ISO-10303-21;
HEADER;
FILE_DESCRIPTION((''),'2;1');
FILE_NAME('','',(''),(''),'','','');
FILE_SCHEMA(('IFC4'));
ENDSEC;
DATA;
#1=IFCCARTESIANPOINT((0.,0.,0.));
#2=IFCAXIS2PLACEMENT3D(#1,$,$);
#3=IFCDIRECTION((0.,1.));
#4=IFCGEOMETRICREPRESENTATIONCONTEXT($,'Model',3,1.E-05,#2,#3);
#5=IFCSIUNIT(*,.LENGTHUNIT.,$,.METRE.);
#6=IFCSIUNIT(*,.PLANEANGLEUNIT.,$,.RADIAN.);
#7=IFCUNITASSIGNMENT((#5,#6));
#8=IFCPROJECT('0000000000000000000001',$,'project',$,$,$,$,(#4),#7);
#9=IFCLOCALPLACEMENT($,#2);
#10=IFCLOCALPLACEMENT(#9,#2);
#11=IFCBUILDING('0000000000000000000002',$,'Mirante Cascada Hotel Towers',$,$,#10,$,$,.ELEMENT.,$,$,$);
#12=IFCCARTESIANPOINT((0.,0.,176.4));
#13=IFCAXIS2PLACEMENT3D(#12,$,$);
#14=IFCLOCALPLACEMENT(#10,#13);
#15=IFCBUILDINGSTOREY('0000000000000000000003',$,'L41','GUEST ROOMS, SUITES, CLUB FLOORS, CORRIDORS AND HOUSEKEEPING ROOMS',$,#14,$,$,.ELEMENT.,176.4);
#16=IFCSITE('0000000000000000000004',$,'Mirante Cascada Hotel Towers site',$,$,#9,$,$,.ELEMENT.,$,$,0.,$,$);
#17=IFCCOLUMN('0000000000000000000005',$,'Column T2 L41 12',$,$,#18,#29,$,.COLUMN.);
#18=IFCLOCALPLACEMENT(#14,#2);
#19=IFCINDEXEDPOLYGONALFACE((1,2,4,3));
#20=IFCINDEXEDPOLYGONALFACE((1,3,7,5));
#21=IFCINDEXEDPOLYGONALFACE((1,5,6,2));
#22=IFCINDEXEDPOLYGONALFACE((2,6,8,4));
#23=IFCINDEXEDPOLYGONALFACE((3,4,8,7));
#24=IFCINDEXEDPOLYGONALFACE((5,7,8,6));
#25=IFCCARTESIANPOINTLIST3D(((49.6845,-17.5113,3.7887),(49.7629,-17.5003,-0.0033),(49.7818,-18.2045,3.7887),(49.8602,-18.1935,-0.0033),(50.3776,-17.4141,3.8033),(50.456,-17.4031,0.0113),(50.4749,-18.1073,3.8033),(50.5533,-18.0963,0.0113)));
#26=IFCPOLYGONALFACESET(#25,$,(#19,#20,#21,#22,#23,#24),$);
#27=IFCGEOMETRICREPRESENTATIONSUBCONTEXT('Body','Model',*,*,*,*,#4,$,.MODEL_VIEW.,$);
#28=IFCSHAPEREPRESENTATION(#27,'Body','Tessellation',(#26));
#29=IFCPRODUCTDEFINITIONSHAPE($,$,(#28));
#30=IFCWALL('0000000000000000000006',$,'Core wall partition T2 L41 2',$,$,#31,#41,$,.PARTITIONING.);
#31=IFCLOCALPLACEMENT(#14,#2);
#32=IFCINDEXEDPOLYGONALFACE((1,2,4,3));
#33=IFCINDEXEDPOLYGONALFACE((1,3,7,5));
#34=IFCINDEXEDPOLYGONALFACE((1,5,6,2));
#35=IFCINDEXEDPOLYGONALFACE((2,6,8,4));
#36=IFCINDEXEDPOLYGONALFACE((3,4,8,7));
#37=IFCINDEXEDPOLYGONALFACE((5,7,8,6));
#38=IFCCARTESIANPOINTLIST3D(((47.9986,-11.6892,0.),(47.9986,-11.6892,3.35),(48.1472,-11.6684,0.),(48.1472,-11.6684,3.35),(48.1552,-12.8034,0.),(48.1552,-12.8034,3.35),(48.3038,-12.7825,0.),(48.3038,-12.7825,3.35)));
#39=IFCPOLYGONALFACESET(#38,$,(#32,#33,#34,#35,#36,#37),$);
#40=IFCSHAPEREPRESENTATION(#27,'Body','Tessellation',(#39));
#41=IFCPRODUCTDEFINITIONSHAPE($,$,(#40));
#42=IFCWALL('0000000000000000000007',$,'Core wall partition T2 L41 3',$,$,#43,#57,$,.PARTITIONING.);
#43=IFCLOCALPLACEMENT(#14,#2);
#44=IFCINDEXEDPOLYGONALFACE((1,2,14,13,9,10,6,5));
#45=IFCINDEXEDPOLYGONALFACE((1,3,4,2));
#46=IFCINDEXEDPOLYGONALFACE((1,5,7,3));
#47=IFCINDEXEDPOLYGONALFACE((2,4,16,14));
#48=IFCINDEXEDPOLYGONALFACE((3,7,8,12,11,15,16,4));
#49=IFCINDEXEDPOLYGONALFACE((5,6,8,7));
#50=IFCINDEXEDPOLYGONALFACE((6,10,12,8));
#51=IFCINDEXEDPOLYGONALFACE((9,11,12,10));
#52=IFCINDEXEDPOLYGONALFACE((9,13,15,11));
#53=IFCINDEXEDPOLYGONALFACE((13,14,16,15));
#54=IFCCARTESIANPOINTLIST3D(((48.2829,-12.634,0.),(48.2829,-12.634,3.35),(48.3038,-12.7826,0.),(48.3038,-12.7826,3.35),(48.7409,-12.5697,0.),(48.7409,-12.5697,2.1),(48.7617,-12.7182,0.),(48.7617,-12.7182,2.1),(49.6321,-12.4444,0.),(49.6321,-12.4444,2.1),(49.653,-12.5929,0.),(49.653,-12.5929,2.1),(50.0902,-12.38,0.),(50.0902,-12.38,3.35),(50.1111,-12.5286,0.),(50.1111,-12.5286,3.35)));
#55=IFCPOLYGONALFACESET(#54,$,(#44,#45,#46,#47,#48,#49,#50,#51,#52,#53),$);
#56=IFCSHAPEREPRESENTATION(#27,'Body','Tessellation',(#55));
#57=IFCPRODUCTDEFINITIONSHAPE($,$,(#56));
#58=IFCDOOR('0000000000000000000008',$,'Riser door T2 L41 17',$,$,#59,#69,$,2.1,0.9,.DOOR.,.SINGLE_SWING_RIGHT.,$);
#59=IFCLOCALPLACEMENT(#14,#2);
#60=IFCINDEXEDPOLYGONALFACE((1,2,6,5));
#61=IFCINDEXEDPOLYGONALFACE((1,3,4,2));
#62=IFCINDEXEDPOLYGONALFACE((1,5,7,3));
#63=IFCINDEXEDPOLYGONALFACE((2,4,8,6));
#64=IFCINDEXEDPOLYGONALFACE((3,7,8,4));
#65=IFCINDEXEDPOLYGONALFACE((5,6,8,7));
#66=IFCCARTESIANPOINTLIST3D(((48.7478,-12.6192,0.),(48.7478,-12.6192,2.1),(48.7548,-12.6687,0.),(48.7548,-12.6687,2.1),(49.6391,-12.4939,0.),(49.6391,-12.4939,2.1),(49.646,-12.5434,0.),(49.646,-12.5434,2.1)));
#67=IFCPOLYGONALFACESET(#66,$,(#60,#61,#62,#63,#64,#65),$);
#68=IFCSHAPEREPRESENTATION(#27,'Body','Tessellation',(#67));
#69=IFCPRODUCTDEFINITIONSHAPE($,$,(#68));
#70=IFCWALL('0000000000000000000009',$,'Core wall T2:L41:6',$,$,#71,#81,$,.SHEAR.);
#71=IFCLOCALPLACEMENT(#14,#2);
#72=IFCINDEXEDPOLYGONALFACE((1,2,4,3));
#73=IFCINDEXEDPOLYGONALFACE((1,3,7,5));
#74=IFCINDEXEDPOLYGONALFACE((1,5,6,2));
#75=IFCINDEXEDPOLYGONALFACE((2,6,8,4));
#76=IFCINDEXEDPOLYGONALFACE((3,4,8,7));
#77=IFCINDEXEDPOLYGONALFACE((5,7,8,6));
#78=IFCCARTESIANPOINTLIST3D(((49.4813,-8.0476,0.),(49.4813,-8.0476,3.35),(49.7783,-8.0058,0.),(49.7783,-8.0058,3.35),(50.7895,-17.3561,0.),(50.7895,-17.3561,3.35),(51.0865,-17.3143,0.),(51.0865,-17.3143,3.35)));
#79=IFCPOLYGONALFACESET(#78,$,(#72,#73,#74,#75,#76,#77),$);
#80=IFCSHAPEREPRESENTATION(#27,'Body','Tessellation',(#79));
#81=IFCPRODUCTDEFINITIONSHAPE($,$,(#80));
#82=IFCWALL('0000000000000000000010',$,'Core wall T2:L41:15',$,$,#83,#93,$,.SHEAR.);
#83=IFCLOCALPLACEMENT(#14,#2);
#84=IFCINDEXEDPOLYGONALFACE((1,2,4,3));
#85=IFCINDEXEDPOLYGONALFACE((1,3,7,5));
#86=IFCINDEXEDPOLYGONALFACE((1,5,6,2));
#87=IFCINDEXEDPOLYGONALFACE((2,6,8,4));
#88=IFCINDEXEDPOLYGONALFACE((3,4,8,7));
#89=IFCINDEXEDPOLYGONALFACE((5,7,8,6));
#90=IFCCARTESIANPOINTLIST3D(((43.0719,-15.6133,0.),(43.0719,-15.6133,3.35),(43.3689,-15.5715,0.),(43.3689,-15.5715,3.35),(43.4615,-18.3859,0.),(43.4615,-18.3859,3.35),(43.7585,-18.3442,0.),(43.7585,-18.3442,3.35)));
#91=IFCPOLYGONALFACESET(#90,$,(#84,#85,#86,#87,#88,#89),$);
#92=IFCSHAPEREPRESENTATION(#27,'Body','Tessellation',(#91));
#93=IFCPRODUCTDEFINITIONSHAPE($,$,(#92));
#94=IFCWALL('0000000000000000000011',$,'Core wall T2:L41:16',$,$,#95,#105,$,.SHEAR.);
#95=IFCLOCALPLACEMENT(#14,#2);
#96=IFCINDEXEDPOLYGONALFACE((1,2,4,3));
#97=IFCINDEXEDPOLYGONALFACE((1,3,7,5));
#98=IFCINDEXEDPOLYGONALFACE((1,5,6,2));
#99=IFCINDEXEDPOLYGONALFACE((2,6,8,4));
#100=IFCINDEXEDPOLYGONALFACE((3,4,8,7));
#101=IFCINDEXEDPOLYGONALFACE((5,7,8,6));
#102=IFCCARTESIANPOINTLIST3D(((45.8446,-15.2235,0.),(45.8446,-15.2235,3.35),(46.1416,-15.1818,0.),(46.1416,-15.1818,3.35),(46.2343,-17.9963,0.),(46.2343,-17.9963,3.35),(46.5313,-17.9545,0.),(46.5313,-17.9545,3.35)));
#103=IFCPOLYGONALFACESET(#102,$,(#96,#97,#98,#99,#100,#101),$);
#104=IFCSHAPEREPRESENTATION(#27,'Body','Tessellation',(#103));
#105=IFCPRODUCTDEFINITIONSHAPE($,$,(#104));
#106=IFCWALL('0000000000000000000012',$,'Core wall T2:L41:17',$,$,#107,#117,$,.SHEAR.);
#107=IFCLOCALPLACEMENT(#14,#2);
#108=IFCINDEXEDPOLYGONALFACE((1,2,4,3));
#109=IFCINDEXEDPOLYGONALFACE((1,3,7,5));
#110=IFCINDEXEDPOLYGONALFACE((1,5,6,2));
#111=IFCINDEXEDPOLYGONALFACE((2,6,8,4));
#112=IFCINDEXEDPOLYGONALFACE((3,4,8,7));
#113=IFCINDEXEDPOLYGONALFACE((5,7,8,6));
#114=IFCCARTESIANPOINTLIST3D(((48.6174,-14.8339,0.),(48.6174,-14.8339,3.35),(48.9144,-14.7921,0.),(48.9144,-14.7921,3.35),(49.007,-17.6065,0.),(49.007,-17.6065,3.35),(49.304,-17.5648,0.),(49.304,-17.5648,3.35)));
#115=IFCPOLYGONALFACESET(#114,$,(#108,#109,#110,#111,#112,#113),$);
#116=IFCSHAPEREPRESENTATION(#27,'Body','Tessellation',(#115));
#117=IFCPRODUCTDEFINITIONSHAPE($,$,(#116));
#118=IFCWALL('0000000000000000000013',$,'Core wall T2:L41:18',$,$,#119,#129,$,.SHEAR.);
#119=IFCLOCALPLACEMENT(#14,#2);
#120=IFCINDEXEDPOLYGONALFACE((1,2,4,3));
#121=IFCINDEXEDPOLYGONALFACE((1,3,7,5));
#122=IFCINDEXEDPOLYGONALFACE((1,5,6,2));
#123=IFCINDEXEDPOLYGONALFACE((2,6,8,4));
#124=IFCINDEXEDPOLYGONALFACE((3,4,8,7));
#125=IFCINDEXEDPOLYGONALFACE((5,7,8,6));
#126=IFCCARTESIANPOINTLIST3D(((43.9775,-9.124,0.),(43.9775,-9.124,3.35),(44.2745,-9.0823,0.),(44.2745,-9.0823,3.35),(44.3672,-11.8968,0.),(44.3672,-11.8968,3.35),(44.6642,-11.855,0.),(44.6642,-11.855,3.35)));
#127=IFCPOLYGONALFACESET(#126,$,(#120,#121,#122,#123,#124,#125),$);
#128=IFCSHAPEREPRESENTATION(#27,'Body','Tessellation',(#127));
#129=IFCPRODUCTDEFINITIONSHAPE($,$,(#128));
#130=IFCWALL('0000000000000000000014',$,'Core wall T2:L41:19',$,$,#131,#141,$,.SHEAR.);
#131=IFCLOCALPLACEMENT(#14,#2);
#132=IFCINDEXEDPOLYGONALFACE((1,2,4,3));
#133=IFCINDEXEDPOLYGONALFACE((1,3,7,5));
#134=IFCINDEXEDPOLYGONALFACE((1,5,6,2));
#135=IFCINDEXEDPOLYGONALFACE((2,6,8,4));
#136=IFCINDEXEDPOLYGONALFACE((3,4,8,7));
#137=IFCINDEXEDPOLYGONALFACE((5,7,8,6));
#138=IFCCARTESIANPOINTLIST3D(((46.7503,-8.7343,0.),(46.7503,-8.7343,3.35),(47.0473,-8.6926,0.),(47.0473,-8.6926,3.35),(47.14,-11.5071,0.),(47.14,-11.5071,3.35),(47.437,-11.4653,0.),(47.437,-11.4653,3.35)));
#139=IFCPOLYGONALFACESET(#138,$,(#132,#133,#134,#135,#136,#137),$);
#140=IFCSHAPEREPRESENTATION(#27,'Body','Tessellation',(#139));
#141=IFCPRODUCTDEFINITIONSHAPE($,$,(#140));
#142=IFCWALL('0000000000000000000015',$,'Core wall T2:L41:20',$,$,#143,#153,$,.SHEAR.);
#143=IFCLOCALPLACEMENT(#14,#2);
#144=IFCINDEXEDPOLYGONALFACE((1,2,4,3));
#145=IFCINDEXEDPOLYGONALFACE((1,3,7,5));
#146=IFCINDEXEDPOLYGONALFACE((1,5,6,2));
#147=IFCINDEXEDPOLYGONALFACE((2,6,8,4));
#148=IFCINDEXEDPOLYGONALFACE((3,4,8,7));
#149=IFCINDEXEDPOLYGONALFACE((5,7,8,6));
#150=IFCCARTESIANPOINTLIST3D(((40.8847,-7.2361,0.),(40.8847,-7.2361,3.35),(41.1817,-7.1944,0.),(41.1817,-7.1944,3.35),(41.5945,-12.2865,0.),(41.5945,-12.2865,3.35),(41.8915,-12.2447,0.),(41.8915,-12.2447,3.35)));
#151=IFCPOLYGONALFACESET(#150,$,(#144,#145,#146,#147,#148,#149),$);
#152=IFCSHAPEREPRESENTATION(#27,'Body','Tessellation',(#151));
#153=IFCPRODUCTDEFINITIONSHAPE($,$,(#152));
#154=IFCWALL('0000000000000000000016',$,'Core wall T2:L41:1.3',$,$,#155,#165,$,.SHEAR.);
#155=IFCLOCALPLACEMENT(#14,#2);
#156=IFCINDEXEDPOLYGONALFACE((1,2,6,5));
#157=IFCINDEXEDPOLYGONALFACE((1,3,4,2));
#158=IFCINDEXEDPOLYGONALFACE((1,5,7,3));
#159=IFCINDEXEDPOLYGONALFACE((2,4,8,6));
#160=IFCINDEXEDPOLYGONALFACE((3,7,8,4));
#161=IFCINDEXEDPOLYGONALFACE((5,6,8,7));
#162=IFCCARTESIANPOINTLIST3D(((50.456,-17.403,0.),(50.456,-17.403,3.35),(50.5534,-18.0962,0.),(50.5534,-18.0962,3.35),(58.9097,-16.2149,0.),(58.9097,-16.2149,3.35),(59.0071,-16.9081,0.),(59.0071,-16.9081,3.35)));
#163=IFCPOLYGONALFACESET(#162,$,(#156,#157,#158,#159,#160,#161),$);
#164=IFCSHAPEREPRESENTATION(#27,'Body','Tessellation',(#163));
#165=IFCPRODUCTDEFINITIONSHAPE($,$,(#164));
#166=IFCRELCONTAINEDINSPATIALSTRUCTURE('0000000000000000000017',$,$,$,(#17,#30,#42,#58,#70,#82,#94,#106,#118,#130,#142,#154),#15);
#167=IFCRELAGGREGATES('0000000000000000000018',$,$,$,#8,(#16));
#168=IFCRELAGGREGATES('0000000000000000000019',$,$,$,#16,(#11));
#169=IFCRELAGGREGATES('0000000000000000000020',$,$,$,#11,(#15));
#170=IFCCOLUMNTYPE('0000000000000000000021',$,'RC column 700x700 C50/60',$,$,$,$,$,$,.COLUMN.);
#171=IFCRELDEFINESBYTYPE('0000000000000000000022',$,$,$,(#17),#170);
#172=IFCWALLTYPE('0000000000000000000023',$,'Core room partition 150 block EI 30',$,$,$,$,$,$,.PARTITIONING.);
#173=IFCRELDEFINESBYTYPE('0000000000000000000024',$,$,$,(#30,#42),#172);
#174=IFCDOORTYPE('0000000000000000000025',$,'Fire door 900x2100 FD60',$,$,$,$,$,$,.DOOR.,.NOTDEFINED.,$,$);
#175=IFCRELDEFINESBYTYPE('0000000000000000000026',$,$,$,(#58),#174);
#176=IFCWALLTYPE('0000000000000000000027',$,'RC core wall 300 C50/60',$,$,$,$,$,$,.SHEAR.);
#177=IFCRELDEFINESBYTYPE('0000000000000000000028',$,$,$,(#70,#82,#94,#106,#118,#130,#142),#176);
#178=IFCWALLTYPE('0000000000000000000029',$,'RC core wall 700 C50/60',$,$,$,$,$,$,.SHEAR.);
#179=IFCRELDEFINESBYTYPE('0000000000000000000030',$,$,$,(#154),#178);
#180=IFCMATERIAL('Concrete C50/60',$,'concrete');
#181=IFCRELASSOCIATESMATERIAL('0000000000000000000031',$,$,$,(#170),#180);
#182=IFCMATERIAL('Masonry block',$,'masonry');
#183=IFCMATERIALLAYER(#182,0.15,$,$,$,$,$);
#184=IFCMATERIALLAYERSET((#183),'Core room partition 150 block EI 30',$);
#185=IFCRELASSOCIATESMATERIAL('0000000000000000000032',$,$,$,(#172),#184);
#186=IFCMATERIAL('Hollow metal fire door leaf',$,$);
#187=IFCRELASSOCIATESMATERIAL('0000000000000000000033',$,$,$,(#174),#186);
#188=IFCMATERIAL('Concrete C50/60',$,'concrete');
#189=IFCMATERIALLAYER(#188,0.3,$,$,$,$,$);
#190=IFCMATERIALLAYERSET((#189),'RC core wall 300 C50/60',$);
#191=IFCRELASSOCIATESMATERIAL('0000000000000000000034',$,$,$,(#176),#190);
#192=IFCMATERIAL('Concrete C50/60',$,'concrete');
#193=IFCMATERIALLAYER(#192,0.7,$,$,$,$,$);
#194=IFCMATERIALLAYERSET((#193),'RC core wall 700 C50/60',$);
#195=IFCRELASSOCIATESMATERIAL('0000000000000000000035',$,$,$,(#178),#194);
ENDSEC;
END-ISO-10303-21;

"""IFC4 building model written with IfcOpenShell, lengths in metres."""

from ifc_helpers import new_model, si_unit, direction, frame, frame_2d, origin, origin_2d, place, context, subcontext, project, spatial, rectangle, extrude, material, layer, layer_set, material_profile, profile_set, type_object, element, fill, save


model = new_model("IFC4")

# Units and contexts
model_context = context("Model", 3, precision=1e-05, world=origin(), true_north=direction((0.0, 1.0)))
body_context = subcontext(model_context, "Body", "Model", "MODEL_VIEW")
ifc_project = project(units=[si_unit("LENGTHUNIT", "METRE"), si_unit("PLANEANGLEUNIT", "RADIAN")], contexts=[model_context])

# Site, building, storey
site_placement = place(None, origin())
site = spatial("IfcSite", under=ifc_project, at=site_placement, Name="Mirante Cascada Hotel Towers site", CompositionType="ELEMENT", RefElevation=0.0)
building_placement = place(site_placement, origin())
building = spatial("IfcBuilding", under=site, at=building_placement, Name="Mirante Cascada Hotel Towers", CompositionType="ELEMENT")
storey_placement = place(building_placement, frame((0.0, 0.0, 176.4)))
storey = spatial("IfcBuildingStorey", under=building, at=storey_placement, Name="L41", Description="GUEST ROOMS, SUITES, CLUB FLOORS, CORRIDORS AND HOUSEKEEPING ROOMS", CompositionType="ELEMENT", Elevation=176.4)

# Column
ifc_material_1 = material(Name="Concrete C50/60", Category="concrete")
ifc_material_profile = material_profile(ifc_material_1, rectangle(XDim=0.7, YDim=0.7, at=origin_2d()), Name="RC column 700x700 C50/60")
ifc_profile_set = profile_set([ifc_material_profile], Name="Concrete C50/60")
column_type = type_object("IfcColumnType", Name="RC column 700x700 C50/60", PredefinedType="COLUMN", material=ifc_profile_set)
column_placement = place(storey_placement, frame((50.1581, -17.7983, 0.004), z_axis=(-0.020671, -0.0029, 0.999782), x_axis=(0.138945, -0.9903, 0.0)))
element("IfcColumn", 1, at=column_placement, inside=storey, type_object=column_type, Name="Column T2 L41 12", PredefinedType="COLUMN", context=body_context, shape_type="SweptSolid", body=[
    extrude(rectangle(XDim=0.7, YDim=0.7, at=origin_2d()), origin(), (0.0, 0.0, 1.0), 3.7928),
])

# Wall
ifc_material_2 = material(Name="Masonry block", Category="masonry")
ifc_layer_1 = layer(ifc_material_2, 0.15)
ifc_layer_set_1 = layer_set([ifc_layer_1], Name="Core room partition 150 block EI 30")
wall_type_1 = type_object("IfcWallType", Name="Core room partition 150 block EI 30", PredefinedType="PARTITIONING", material=ifc_layer_set_1)
wall_1_placement = place(storey_placement, frame((48.2295, -12.793, 0.0), z_axis=(0.0, 0.0, 1.0), x_axis=(-0.139193, 0.990265, 0.0)))
element("IfcWall", 2, at=wall_1_placement, inside=storey, type_object=wall_type_1, Name="Core wall partition T2 L41 2", PredefinedType="PARTITIONING", context=body_context, shape_type="SweptSolid", body=[
    extrude(rectangle(XDim=1.1251, YDim=0.15, at=frame_2d((0.5626, 0.0))), origin(), (0.0, 0.0, 1.0), 3.35),
])

# Wall, opening, door
wall_2_placement = place(storey_placement, frame((48.2933, -12.7083, 0.0), z_axis=(0.0, 0.0, 1.0), x_axis=(0.990268, 0.139173, 0.0)))
wall_2 = element("IfcWall", 3, at=wall_2_placement, inside=storey, type_object=wall_type_1, Name="Core wall partition T2 L41 3", PredefinedType="PARTITIONING", context=body_context, shape_type="SweptSolid", body=[
    extrude(rectangle(XDim=1.8251, YDim=0.15, at=frame_2d((0.9126, 0.0))), origin(), (0.0, 0.0, 1.0), 3.35),
])
opening_placement = place(wall_2_placement, frame((0.4625, 0.0, 0.0)))
opening = element("IfcOpeningElement", 4, at=opening_placement, cuts=wall_2, PredefinedType="OPENING", context=body_context, shape_type="SweptSolid", body=[
    extrude(rectangle(XDim=0.9, YDim=2.1, at=frame_2d((0.45, 1.05))), frame((0.0, 0.075, 0.0), z_axis=(0.0, -1.0, 0.0), x_axis=(1.0, 0.0, 0.0)), (0.0, 0.0, 1.0), 0.15),
])
ifc_material_3 = material(Name="Hollow metal fire door leaf")
door_type = type_object("IfcDoorType", Name="Fire door 900x2100 FD60", OperationType="NOTDEFINED", PredefinedType="DOOR", material=ifc_material_3)
door_placement = place(opening_placement, frame((0.9, 0.0, 0.0), z_axis=(0.0, 0.0, 1.0), x_axis=(-1.0, 0.0, 0.0)))
door = element("IfcDoor", 5, at=door_placement, inside=storey, type_object=door_type, Name="Riser door T2 L41 17", OperationType="SINGLE_SWING_RIGHT", OverallHeight=2.1, OverallWidth=0.9, PredefinedType="DOOR", context=body_context, shape_type="SweptSolid", body=[
    extrude(rectangle(XDim=0.9, YDim=2.1, at=frame_2d((0.45, 1.05))), frame((0.0, 0.025, 0.0), z_axis=(0.0, -1.0, 0.0), x_axis=(1.0, 0.0, 0.0)), (0.0, 0.0, 1.0), 0.05),
])
fill(opening, door)

# Walls
ifc_material_4 = material(Name="Concrete C50/60", Category="concrete")
ifc_layer_2 = layer(ifc_material_4, 0.3)
ifc_layer_set_2 = layer_set([ifc_layer_2], Name="RC core wall 300 C50/60")
wall_type_2 = type_object("IfcWallType", Name="RC core wall 300 C50/60", PredefinedType="SHEAR", material=ifc_layer_set_2)
wall_3_placement = place(storey_placement, frame((50.938, -17.3352, 0.0), z_axis=(0.0, 0.0, 1.0), x_axis=(-0.139171, 0.990268, 0.0)))
element("IfcWall", 6, at=wall_3_placement, inside=storey, type_object=wall_type_2, Name="Core wall T2:L41:6", PredefinedType="SHEAR", context=body_context, shape_type="SweptSolid", body=[
    extrude(rectangle(XDim=9.4, YDim=0.3, at=frame_2d((4.7, 0.0))), origin(), (0.0, 0.0, 1.0), 3.35),
])
wall_4_placement = place(storey_placement, frame((43.61, -18.3651, 0.0), z_axis=(0.0, 0.0, 1.0), x_axis=(-0.139146, 0.990272, 0.0)))
element("IfcWall", 7, at=wall_4_placement, inside=storey, type_object=wall_type_2, Name="Core wall T2:L41:15", PredefinedType="SHEAR", context=body_context, shape_type="SweptSolid", body=[
    extrude(rectangle(XDim=2.7999, YDim=0.3, at=frame_2d((1.4, 0.0))), origin(), (0.0, 0.0, 1.0), 3.35),
])
wall_5_placement = place(storey_placement, frame((46.3828, -17.9754, 0.0), z_axis=(0.0, 0.0, 1.0), x_axis=(-0.139181, 0.990267, 0.0)))
element("IfcWall", 8, at=wall_5_placement, inside=storey, type_object=wall_type_2, Name="Core wall T2:L41:16", PredefinedType="SHEAR", context=body_context, shape_type="SweptSolid", body=[
    extrude(rectangle(XDim=2.8, YDim=0.3, at=frame_2d((1.4, 0.0))), origin(), (0.0, 0.0, 1.0), 3.35),
])
wall_6_placement = place(storey_placement, frame((49.1555, -17.5857, 0.0), z_axis=(0.0, 0.0, 1.0), x_axis=(-0.139146, 0.990272, 0.0)))
element("IfcWall", 9, at=wall_6_placement, inside=storey, type_object=wall_type_2, Name="Core wall T2:L41:17", PredefinedType="SHEAR", context=body_context, shape_type="SweptSolid", body=[
    extrude(rectangle(XDim=2.7999, YDim=0.3, at=frame_2d((1.4, 0.0))), origin(), (0.0, 0.0, 1.0), 3.35),
])
for number, where, z_axis, x_axis, name in (
    (10, (44.5157, -11.8759, 0.0), (0.0, 0.0, 1.0), (-0.139181, 0.990267, 0.0), "Core wall T2:L41:18"),
    (11, (47.2885, -11.4862, 0.0), (0.0, 0.0, 1.0), (-0.139181, 0.990267, 0.0), "Core wall T2:L41:19"),
):
    element("IfcWall", number, at=place(storey_placement, frame(where, z_axis=z_axis, x_axis=x_axis)), inside=storey, type_object=wall_type_2, Name=name, PredefinedType="SHEAR", context=body_context, shape_type="SweptSolid", body=[
        extrude(rectangle(XDim=2.8, YDim=0.3, at=frame_2d((1.4, 0.0))), origin(), (0.0, 0.0, 1.0), 3.35),
    ])
wall_7_placement = place(storey_placement, frame((41.743, -12.2656, 0.0), z_axis=(0.0, 0.0, 1.0), x_axis=(-0.139176, 0.990268, 0.0)))
element("IfcWall", 12, at=wall_7_placement, inside=storey, type_object=wall_type_2, Name="Core wall T2:L41:20", PredefinedType="SHEAR", context=body_context, shape_type="SweptSolid", body=[
    extrude(rectangle(XDim=5.1, YDim=0.3, at=frame_2d((2.55, 0.0))), origin(), (0.0, 0.0, 1.0), 3.35),
])
ifc_material_5 = material(Name="Concrete C50/60", Category="concrete")
ifc_layer_3 = layer(ifc_material_5, 0.7)
ifc_layer_set_3 = layer_set([ifc_layer_3], Name="RC core wall 700 C50/60")
wall_type_3 = type_object("IfcWallType", Name="RC core wall 700 C50/60", PredefinedType="SHEAR", material=ifc_layer_set_3)
wall_8_placement = place(storey_placement, frame((50.5047, -17.7496, 0.0), z_axis=(0.0, 0.0, 1.0), x_axis=(0.990268, 0.139174, 0.0)))
element("IfcWall", 13, at=wall_8_placement, inside=storey, type_object=wall_type_3, Name="Core wall T2:L41:1.3", PredefinedType="SHEAR", context=body_context, shape_type="SweptSolid", body=[
    extrude(rectangle(XDim=8.5368, YDim=0.7, at=frame_2d((4.2684, 0.0))), origin(), (0.0, 0.0, 1.0), 3.35),
])

save(model, "model.ifc")
